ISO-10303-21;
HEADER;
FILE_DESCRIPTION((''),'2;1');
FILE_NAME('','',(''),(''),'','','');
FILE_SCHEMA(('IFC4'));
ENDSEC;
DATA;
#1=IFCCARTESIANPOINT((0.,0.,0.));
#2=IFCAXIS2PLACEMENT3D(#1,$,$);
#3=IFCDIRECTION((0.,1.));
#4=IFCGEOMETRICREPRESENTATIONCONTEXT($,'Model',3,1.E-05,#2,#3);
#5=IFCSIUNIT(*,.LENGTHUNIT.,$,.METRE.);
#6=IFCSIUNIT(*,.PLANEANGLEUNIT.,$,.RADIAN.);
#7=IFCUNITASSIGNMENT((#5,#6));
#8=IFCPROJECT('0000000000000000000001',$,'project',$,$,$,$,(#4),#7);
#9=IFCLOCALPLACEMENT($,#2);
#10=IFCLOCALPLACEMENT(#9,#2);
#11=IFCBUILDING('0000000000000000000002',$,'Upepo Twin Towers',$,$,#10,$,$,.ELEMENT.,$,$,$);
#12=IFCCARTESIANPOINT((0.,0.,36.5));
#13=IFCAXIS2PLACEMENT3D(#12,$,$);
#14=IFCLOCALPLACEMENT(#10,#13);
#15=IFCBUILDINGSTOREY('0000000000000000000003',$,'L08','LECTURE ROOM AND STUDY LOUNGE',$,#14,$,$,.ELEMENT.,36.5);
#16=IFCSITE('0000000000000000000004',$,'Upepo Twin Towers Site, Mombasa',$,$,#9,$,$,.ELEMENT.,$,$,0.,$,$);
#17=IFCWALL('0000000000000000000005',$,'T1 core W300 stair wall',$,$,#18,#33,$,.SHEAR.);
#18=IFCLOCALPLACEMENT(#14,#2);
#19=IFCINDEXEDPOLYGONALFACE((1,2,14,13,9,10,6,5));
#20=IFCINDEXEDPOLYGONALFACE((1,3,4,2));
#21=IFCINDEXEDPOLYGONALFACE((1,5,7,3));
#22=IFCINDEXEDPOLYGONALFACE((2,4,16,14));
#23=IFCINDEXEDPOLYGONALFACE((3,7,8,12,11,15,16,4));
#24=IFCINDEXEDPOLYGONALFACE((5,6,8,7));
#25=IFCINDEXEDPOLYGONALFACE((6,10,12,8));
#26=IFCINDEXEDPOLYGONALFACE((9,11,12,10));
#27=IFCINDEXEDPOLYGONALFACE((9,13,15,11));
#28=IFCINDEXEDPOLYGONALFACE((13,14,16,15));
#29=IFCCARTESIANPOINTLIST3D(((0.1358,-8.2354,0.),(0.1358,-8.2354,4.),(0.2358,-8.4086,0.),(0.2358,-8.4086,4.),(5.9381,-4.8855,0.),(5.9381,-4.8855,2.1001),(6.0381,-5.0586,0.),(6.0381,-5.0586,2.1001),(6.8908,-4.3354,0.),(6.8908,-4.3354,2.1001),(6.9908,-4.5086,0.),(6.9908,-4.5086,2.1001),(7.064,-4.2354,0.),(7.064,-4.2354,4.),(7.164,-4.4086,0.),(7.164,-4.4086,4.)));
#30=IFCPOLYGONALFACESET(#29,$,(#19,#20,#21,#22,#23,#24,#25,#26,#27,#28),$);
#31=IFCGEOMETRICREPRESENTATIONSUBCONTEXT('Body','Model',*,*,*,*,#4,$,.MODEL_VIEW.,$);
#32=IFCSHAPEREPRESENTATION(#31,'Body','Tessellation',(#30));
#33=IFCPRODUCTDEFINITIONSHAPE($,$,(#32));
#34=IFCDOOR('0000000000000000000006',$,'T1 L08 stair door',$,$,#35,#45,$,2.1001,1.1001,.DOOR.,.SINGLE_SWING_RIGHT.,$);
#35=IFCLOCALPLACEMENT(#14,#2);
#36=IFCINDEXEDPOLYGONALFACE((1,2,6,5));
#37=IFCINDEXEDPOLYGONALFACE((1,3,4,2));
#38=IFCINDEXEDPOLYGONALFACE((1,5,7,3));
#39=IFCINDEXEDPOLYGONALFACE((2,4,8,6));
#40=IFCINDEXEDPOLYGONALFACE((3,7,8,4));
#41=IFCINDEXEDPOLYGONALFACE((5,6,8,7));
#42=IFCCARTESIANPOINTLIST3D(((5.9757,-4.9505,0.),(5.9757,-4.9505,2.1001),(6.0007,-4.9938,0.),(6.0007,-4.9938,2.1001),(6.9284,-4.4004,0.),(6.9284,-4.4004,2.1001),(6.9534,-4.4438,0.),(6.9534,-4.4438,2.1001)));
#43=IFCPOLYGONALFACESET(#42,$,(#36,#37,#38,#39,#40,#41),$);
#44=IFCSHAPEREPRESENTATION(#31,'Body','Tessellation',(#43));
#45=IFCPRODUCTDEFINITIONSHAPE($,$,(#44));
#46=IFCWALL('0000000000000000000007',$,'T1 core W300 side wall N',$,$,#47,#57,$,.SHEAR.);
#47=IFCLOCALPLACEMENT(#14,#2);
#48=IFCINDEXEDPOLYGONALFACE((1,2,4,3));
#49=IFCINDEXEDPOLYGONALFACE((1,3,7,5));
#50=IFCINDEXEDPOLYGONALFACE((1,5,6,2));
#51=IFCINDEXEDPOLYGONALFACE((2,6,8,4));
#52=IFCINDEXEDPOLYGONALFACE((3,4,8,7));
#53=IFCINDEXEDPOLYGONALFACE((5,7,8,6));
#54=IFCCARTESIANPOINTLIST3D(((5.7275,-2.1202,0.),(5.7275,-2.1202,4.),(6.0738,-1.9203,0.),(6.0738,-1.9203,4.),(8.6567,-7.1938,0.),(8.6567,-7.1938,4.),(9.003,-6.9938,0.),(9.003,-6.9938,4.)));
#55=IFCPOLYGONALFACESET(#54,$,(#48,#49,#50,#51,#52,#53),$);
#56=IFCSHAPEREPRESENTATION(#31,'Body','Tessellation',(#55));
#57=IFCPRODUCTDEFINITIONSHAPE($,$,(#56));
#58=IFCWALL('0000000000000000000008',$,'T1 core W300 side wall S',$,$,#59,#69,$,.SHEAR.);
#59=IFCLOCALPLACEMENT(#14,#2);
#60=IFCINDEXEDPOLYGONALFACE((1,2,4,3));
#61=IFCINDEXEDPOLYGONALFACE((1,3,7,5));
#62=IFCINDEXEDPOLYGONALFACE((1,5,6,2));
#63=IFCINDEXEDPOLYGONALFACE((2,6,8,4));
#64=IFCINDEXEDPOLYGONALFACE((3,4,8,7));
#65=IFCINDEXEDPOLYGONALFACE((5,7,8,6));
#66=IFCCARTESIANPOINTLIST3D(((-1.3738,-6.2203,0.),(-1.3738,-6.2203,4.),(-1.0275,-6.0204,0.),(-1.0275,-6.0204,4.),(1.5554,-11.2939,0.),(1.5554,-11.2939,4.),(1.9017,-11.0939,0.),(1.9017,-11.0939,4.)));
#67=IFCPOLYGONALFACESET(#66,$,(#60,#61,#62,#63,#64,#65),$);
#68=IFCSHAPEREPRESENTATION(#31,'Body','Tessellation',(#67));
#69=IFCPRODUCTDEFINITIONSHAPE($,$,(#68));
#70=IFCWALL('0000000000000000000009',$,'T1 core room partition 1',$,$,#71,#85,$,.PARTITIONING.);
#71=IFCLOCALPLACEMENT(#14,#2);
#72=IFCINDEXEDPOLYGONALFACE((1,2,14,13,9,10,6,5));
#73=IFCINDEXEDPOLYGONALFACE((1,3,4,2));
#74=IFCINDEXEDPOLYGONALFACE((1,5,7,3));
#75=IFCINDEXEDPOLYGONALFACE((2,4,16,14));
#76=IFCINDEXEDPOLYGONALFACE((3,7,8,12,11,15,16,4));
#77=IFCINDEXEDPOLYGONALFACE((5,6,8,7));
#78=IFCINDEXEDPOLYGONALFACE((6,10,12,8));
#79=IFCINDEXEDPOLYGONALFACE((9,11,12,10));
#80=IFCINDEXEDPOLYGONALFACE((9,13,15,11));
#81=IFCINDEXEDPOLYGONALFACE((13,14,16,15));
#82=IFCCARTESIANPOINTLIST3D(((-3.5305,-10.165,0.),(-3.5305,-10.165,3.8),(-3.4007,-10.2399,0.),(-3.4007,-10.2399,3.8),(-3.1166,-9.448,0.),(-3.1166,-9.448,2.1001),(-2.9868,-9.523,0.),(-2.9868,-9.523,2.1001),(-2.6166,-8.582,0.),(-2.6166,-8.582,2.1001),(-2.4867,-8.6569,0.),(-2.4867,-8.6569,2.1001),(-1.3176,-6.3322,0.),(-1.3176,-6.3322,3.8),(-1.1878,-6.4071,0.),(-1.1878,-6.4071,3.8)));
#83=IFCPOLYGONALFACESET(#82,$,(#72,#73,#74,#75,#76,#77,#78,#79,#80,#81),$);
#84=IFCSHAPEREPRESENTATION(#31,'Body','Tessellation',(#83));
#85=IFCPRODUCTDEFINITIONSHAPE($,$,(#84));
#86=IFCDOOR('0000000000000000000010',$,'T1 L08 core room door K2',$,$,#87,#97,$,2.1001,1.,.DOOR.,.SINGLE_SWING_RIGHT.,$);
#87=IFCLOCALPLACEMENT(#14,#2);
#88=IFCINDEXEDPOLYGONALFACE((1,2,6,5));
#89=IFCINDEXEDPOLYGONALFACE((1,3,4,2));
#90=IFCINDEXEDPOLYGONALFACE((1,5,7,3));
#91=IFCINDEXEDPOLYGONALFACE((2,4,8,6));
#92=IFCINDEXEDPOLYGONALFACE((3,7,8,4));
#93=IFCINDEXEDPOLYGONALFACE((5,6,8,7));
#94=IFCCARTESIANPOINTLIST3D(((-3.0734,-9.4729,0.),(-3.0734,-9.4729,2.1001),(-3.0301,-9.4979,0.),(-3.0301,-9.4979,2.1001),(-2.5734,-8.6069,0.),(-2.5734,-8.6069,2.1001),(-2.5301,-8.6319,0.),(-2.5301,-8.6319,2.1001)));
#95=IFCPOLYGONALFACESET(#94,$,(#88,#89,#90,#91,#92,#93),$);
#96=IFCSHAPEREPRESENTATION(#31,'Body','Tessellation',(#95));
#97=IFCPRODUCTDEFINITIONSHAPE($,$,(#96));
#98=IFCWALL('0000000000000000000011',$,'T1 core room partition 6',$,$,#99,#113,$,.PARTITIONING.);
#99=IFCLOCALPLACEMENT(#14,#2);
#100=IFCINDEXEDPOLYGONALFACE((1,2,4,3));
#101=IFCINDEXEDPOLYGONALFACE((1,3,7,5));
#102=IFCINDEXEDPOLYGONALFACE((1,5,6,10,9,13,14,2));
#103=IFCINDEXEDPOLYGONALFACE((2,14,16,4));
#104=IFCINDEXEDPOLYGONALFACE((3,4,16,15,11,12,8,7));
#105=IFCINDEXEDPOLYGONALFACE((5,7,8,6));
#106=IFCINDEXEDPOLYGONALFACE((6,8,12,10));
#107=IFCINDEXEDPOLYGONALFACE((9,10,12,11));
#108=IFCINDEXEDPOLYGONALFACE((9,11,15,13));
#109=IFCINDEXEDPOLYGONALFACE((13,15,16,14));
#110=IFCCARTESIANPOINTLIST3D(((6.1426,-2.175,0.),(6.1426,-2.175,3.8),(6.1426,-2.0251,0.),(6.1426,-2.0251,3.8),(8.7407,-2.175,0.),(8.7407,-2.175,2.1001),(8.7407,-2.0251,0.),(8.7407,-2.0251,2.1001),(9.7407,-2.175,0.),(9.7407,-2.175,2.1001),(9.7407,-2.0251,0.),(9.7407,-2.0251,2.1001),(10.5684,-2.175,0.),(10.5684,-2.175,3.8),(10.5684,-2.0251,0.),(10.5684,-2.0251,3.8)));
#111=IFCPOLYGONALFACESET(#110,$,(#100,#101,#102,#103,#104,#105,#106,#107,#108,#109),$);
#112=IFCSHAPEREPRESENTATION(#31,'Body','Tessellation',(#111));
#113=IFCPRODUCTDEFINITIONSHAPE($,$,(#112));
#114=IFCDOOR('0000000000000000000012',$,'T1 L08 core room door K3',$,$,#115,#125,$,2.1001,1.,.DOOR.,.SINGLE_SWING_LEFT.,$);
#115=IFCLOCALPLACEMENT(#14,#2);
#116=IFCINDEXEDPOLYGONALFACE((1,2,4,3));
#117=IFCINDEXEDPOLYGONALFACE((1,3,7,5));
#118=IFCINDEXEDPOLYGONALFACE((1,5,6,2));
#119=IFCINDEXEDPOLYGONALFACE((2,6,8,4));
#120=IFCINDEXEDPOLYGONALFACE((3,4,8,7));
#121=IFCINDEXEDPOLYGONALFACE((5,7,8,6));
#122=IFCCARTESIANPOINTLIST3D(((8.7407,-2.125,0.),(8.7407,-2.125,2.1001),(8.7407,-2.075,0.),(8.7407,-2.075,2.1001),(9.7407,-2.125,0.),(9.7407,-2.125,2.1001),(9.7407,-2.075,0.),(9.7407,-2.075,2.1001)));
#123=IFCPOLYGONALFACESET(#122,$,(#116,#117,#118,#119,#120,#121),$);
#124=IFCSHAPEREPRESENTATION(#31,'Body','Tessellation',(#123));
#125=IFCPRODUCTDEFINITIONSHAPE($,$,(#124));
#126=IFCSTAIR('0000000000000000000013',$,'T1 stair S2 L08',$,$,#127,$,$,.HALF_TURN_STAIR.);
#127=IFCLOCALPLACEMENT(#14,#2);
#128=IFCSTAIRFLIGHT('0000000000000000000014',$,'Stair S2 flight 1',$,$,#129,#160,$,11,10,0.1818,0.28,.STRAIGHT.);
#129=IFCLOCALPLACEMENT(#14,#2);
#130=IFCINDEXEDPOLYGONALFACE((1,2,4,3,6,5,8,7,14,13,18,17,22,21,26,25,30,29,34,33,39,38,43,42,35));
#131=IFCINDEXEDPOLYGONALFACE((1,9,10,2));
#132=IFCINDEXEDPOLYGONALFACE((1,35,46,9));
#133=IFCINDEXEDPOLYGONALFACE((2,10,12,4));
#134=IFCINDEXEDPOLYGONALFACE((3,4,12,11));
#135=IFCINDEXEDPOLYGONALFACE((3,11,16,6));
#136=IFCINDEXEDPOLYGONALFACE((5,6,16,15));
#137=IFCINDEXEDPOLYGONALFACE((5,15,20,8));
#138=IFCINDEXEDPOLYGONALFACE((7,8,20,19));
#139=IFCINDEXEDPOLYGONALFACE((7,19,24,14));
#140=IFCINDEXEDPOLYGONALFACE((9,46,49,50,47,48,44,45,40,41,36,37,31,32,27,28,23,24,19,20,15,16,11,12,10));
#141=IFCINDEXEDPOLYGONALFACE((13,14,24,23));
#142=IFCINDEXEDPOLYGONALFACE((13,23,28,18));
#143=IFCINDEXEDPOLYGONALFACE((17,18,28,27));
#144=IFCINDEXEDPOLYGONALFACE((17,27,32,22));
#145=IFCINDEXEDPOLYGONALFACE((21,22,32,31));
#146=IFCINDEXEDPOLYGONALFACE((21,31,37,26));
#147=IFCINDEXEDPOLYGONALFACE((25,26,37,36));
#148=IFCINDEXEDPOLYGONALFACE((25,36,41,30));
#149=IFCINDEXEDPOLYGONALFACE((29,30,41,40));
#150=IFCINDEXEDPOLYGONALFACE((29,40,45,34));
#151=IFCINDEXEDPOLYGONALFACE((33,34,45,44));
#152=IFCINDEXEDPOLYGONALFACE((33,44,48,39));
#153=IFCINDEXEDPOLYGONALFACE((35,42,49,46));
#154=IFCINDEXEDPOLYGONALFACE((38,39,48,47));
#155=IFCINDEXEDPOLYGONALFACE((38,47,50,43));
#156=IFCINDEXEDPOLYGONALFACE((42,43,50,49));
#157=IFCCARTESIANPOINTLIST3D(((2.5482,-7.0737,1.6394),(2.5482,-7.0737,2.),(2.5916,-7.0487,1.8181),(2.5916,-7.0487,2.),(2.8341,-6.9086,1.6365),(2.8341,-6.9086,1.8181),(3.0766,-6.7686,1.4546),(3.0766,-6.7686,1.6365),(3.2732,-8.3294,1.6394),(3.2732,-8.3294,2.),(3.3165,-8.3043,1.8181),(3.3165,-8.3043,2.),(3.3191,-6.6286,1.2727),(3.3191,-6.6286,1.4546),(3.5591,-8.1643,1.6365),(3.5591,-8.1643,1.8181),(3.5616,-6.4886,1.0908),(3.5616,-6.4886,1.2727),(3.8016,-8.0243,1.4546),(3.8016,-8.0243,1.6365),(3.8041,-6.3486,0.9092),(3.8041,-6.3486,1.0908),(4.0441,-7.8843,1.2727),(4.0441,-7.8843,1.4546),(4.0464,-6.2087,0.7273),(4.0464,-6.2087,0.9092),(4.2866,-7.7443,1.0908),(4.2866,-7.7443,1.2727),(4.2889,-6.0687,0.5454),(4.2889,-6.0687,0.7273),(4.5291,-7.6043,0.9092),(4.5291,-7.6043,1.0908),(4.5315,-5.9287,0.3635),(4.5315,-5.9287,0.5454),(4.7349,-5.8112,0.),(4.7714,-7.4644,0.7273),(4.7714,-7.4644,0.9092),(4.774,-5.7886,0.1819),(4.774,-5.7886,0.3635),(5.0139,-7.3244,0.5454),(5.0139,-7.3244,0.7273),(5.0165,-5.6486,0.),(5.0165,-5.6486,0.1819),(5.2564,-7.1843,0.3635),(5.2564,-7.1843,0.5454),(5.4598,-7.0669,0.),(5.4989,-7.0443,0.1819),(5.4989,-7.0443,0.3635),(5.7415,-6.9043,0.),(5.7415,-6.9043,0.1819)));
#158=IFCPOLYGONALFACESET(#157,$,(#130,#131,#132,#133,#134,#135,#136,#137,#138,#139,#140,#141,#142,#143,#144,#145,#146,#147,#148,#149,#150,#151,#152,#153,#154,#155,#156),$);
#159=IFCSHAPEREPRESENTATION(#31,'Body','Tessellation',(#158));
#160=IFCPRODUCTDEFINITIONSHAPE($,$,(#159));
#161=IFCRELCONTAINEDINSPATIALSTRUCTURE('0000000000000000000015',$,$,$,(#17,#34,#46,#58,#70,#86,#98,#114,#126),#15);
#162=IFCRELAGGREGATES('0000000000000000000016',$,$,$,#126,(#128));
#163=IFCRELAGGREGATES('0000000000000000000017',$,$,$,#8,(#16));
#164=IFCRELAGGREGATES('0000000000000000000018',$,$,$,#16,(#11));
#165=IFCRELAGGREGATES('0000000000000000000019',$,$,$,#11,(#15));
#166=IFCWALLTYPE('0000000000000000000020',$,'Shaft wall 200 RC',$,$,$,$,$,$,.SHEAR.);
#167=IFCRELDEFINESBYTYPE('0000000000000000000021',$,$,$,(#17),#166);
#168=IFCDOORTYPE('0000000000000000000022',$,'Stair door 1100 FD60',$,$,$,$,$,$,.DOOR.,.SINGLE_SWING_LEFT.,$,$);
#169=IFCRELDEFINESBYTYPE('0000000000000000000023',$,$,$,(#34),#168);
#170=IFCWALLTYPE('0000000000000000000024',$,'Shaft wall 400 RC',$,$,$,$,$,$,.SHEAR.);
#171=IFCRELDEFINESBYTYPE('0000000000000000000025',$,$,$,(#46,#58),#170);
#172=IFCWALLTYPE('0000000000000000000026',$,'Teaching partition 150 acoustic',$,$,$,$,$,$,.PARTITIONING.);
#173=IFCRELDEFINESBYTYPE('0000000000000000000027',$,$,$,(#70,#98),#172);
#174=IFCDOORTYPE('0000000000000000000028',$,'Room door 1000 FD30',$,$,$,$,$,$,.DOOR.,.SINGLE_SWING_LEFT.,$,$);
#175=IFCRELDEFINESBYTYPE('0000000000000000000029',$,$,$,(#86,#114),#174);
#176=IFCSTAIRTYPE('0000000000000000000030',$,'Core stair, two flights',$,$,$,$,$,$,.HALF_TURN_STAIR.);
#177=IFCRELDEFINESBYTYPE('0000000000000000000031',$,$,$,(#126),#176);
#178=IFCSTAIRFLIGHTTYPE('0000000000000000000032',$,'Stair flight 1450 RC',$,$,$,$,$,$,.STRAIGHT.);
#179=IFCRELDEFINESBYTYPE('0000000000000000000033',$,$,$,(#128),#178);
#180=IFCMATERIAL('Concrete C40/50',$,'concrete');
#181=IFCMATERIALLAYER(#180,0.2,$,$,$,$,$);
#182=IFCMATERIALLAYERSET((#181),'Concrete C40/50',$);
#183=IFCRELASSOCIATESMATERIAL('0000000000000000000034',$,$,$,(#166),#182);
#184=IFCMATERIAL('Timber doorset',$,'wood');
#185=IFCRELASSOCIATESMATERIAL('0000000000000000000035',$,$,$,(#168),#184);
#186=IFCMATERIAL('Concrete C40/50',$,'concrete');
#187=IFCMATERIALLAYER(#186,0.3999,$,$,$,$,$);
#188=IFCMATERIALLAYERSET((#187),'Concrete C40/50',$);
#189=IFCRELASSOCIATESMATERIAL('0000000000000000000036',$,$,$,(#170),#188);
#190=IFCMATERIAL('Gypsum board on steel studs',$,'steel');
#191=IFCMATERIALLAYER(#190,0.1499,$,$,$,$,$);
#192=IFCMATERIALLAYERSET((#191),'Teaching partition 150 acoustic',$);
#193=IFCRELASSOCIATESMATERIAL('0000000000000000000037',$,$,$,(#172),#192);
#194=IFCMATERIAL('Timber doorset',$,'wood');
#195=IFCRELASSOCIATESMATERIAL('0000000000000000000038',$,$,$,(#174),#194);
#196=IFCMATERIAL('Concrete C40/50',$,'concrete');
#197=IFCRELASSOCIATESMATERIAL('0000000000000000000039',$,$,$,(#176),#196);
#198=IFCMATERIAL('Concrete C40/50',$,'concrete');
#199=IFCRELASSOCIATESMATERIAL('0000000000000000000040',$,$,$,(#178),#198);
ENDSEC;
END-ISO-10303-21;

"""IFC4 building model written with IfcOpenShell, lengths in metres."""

from ifc_helpers import new_model, si_unit, direction, frame, frame_2d, origin, place, context, subcontext, project, spatial, polyline, rectangle, outline, extrude, material, layer, layer_set, type_object, element, fill, aggregate, save


model = new_model("IFC4")

# Units and contexts
model_context = context("Model", 3, precision=1e-05, world=origin(), true_north=direction((0.0, 1.0)))
body_context = subcontext(model_context, "Body", "Model", "MODEL_VIEW")
ifc_project = project(units=[si_unit("LENGTHUNIT", "METRE"), si_unit("PLANEANGLEUNIT", "RADIAN")], contexts=[model_context])

# Site, building, storey
site_placement = place(None, origin())
site = spatial("IfcSite", under=ifc_project, at=site_placement, Name="Upepo Twin Towers Site, Mombasa", CompositionType="ELEMENT", RefElevation=0.0)
building_placement = place(site_placement, origin())
building = spatial("IfcBuilding", under=site, at=building_placement, Name="Upepo Twin Towers", CompositionType="ELEMENT")
storey_placement = place(building_placement, frame((0.0, 0.0, 36.5)))
storey = spatial("IfcBuildingStorey", under=building, at=storey_placement, Name="L08", Description="LECTURE ROOM AND STUDY LOUNGE", CompositionType="ELEMENT", Elevation=36.5)

# Shared definitions
ifc_material_1 = material(Name="Concrete C40/50", Category="concrete")
ifc_layer_1 = layer(ifc_material_1, 0.2)
ifc_layer_set_1 = layer_set([ifc_layer_1], Name="Concrete C40/50")
wall_type_1 = type_object("IfcWallType", Name="Shaft wall 200 RC", PredefinedType="SHEAR", material=ifc_layer_set_1)

# Wall, opening, door
wall_1_placement = place(storey_placement, frame((0.1858, -8.322, 0.0), z_axis=(0.0, 0.0, 1.0), x_axis=(0.866026, 0.499999, 0.0)))
wall_1 = element("IfcWall", 1, at=wall_1_placement, inside=storey, type_object=wall_type_1, Name="T1 core W300 stair wall", PredefinedType="SHEAR", context=body_context, shape_type="SweptSolid", body=[
    extrude(rectangle(XDim=8.0, YDim=0.2, at=frame_2d((4.0, 0.0))), origin(), (0.0, 0.0, 1.0), 4.0),
])
opening_1_placement = place(wall_1_placement, frame((6.7, 0.0, 0.0)))
opening_1 = element("IfcOpeningElement", 2, at=opening_1_placement, cuts=wall_1, PredefinedType="OPENING", context=body_context, shape_type="SweptSolid", body=[
    extrude(rectangle(XDim=1.1001, YDim=2.1001, at=frame_2d((0.55, 1.05))), frame((0.0, 0.1099, 0.0), z_axis=(0.0, -1.0, 0.0), x_axis=(1.0, 0.0, 0.0)), (0.0, 0.0, 1.0), 0.22),
])
ifc_material_2 = material(Name="Timber doorset", Category="wood")
door_type_1 = type_object("IfcDoorType", Name="Stair door 1100 FD60", OperationType="SINGLE_SWING_LEFT", PredefinedType="DOOR", material=ifc_material_2)
door_1_placement = place(opening_1_placement, origin())
door_1 = element("IfcDoor", 3, at=door_1_placement, inside=storey, type_object=door_type_1, Name="T1 L08 stair door", OperationType="SINGLE_SWING_RIGHT", OverallHeight=2.1001, OverallWidth=1.1001, PredefinedType="DOOR", context=body_context, shape_type="SweptSolid", body=[
    extrude(rectangle(XDim=1.1001, YDim=2.1001, at=frame_2d((0.55, 1.05))), frame((0.0, 0.0249, 0.0), z_axis=(0.0, -1.0, 0.0), x_axis=(1.0, 0.0, 0.0)), (0.0, 0.0, 1.0), 0.05),
])
fill(opening_1, door_1)

# Walls
ifc_material_3 = material(Name="Concrete C40/50", Category="concrete")
ifc_layer_2 = layer(ifc_material_3, 0.3999)
ifc_layer_set_2 = layer_set([ifc_layer_2], Name="Concrete C40/50")
wall_type_2 = type_object("IfcWallType", Name="Shaft wall 400 RC", PredefinedType="SHEAR", material=ifc_layer_set_2)
for number, where, z_axis, x_axis, name in (
    (4, (5.9006, -2.0203, 0.0), (0.0, 0.0, 1.0), (0.500003, -0.866024, 0.0), "T1 core W300 side wall N"),
    (5, (-1.2007, -6.1204, 0.0), (0.0, 0.0, 1.0), (0.500003, -0.866024, 0.0), "T1 core W300 side wall S"),
):
    element("IfcWall", number, at=place(storey_placement, frame(where, z_axis=z_axis, x_axis=x_axis)), inside=storey, type_object=wall_type_2, Name=name, PredefinedType="SHEAR", context=body_context, shape_type="SweptSolid", body=[
        extrude(rectangle(XDim=5.8584, YDim=0.3999, at=frame_2d((2.9292, 0.0))), origin(), (0.0, 0.0, 1.0), 4.0),
    ])

# Walls, openings, doors
ifc_material_4 = material(Name="Gypsum board on steel studs", Category="steel")
ifc_layer_3 = layer(ifc_material_4, 0.1499)
ifc_layer_set_3 = layer_set([ifc_layer_3], Name="Teaching partition 150 acoustic")
wall_type_3 = type_object("IfcWallType", Name="Teaching partition 150 acoustic", PredefinedType="PARTITIONING", material=ifc_layer_set_3)
wall_2_placement = place(storey_placement, frame((-1.2527, -6.3696, 0.0), z_axis=(0.0, 0.0, 1.0), x_axis=(-0.500007, -0.866021, 0.0)))
wall_2 = element("IfcWall", 6, at=wall_2_placement, inside=storey, type_object=wall_type_3, Name="T1 core room partition 1", PredefinedType="PARTITIONING", context=body_context, shape_type="SweptSolid", body=[
    extrude(rectangle(XDim=4.4258, YDim=0.1499, at=frame_2d((2.2129, 0.0))), origin(), (0.0, 0.0, 1.0), 3.8),
])
opening_2_placement = place(wall_2_placement, frame((2.5979, 0.0, 0.0)))
opening_2 = element("IfcOpeningElement", 7, at=opening_2_placement, cuts=wall_2, PredefinedType="OPENING", context=body_context, shape_type="SweptSolid", body=[
    extrude(rectangle(XDim=1.0, YDim=2.1001, at=frame_2d((0.5, 1.05))), frame((0.0, 0.085, 0.0), z_axis=(0.0, -1.0, 0.0), x_axis=(1.0, 0.0, 0.0)), (0.0, 0.0, 1.0), 0.1699),
])
ifc_material_5 = material(Name="Timber doorset", Category="wood")
door_type_2 = type_object("IfcDoorType", Name="Room door 1000 FD30", OperationType="SINGLE_SWING_LEFT", PredefinedType="DOOR", material=ifc_material_5)
door_2_placement = place(opening_2_placement, origin())
door_2 = element("IfcDoor", 8, at=door_2_placement, inside=storey, type_object=door_type_2, Name="T1 L08 core room door K2", OperationType="SINGLE_SWING_RIGHT", OverallHeight=2.1001, OverallWidth=1.0, PredefinedType="DOOR", context=body_context, shape_type="SweptSolid", body=[
    extrude(rectangle(XDim=1.0, YDim=2.1001, at=frame_2d((0.5, 1.05))), frame((0.0, 0.0249, 0.0), z_axis=(0.0, -1.0, 0.0), x_axis=(1.0, 0.0, 0.0)), (0.0, 0.0, 1.0), 0.05),
])
fill(opening_2, door_2)
wall_3_placement = place(storey_placement, frame((10.5684, -2.1001, 0.0), z_axis=(0.0, 0.0, 1.0), x_axis=(-1.0, 0.0, 0.0)))
wall_3 = element("IfcWall", 9, at=wall_3_placement, inside=storey, type_object=wall_type_3, Name="T1 core room partition 6", PredefinedType="PARTITIONING", context=body_context, shape_type="SweptSolid", body=[
    extrude(rectangle(XDim=4.4258, YDim=0.1499, at=frame_2d((2.2129, 0.0))), origin(), (0.0, 0.0, 1.0), 3.8),
])
opening_3_placement = place(wall_3_placement, frame((0.8276, 0.0, 0.0)))
opening_3 = element("IfcOpeningElement", 10, at=opening_3_placement, cuts=wall_3, PredefinedType="OPENING", context=body_context, shape_type="SweptSolid", body=[
    extrude(rectangle(XDim=1.0, YDim=2.1001, at=frame_2d((0.5, 1.05))), frame((0.0, 0.085, 0.0), z_axis=(0.0, -1.0, 0.0), x_axis=(1.0, 0.0, 0.0)), (0.0, 0.0, 1.0), 0.1699),
])
door_3_placement = place(opening_3_placement, origin())
door_3 = element("IfcDoor", 11, at=door_3_placement, inside=storey, type_object=door_type_2, Name="T1 L08 core room door K3", OperationType="SINGLE_SWING_LEFT", OverallHeight=2.1001, OverallWidth=1.0, PredefinedType="DOOR", context=body_context, shape_type="SweptSolid", body=[
    extrude(rectangle(XDim=1.0, YDim=2.1001, at=frame_2d((0.5, 1.05))), frame((0.0, 0.0249, 0.0), z_axis=(0.0, -1.0, 0.0), x_axis=(1.0, 0.0, 0.0)), (0.0, 0.0, 1.0), 0.05),
])
fill(opening_3, door_3)

# Stair, stair flight
ifc_material_6 = material(Name="Concrete C40/50", Category="concrete")
stair_type = type_object("IfcStairType", Name="Core stair, two flights", PredefinedType="HALF_TURN_STAIR", material=ifc_material_6)
stair_placement = place(storey_placement, origin())
stair = element("IfcStair", 12, at=stair_placement, inside=storey, type_object=stair_type, Name="T1 stair S2 L08", PredefinedType="HALF_TURN_STAIR")
ifc_material_7 = material(Name="Concrete C40/50", Category="concrete")
stair_flight_type = type_object("IfcStairFlightType", Name="Stair flight 1450 RC", PredefinedType="STRAIGHT", material=ifc_material_7)
stair_flight_1_placement = place(storey_placement, frame((5.3789, -6.2764, 0.0), z_axis=(0.0, 0.0, 1.0), x_axis=(-0.866025, -0.5, 0.0)))
stair_flight_1 = element("IfcStairFlight", 13, at=stair_flight_1_placement, type_object=stair_flight_type, Name="Stair S2 flight 1", NumberOfRisers=11, NumberOfTreads=10, PredefinedType="STRAIGHT", RiserHeight=0.1818, TreadLength=0.28, context=body_context, shape_type="SweptSolid", body=[
    extrude(outline(polyline([(0.0, 0.0), (0.0, 0.1819), (0.28, 0.1819), (0.28, 0.3635), (0.5601, 0.3635), (0.5601, 0.5454), (0.8401, 0.5454), (0.8401, 0.7273), (1.1201, 0.7273), (1.1201, 0.9092), (1.3999, 0.9092), (1.3999, 1.0908), (1.6799, 1.0908), (1.6799, 1.2727), (1.96, 1.2727), (1.96, 1.4546), (2.24, 1.4546), (2.24, 1.6365), (2.52, 1.6365), (2.52, 1.8181), (2.8, 1.8181), (2.8, 2.0), (2.8501, 2.0), (2.8501, 1.6394), (0.3252, 0.0), (0.0, 0.0)])), frame((0.0, 0.7251, 0.0), z_axis=(0.0, -1.0, 0.0), x_axis=(1.0, 0.0, 0.0)), (0.0, 0.0, 1.0), 1.45),
])
aggregate(stair, [stair_flight_1])

save(model, "model.ifc")
